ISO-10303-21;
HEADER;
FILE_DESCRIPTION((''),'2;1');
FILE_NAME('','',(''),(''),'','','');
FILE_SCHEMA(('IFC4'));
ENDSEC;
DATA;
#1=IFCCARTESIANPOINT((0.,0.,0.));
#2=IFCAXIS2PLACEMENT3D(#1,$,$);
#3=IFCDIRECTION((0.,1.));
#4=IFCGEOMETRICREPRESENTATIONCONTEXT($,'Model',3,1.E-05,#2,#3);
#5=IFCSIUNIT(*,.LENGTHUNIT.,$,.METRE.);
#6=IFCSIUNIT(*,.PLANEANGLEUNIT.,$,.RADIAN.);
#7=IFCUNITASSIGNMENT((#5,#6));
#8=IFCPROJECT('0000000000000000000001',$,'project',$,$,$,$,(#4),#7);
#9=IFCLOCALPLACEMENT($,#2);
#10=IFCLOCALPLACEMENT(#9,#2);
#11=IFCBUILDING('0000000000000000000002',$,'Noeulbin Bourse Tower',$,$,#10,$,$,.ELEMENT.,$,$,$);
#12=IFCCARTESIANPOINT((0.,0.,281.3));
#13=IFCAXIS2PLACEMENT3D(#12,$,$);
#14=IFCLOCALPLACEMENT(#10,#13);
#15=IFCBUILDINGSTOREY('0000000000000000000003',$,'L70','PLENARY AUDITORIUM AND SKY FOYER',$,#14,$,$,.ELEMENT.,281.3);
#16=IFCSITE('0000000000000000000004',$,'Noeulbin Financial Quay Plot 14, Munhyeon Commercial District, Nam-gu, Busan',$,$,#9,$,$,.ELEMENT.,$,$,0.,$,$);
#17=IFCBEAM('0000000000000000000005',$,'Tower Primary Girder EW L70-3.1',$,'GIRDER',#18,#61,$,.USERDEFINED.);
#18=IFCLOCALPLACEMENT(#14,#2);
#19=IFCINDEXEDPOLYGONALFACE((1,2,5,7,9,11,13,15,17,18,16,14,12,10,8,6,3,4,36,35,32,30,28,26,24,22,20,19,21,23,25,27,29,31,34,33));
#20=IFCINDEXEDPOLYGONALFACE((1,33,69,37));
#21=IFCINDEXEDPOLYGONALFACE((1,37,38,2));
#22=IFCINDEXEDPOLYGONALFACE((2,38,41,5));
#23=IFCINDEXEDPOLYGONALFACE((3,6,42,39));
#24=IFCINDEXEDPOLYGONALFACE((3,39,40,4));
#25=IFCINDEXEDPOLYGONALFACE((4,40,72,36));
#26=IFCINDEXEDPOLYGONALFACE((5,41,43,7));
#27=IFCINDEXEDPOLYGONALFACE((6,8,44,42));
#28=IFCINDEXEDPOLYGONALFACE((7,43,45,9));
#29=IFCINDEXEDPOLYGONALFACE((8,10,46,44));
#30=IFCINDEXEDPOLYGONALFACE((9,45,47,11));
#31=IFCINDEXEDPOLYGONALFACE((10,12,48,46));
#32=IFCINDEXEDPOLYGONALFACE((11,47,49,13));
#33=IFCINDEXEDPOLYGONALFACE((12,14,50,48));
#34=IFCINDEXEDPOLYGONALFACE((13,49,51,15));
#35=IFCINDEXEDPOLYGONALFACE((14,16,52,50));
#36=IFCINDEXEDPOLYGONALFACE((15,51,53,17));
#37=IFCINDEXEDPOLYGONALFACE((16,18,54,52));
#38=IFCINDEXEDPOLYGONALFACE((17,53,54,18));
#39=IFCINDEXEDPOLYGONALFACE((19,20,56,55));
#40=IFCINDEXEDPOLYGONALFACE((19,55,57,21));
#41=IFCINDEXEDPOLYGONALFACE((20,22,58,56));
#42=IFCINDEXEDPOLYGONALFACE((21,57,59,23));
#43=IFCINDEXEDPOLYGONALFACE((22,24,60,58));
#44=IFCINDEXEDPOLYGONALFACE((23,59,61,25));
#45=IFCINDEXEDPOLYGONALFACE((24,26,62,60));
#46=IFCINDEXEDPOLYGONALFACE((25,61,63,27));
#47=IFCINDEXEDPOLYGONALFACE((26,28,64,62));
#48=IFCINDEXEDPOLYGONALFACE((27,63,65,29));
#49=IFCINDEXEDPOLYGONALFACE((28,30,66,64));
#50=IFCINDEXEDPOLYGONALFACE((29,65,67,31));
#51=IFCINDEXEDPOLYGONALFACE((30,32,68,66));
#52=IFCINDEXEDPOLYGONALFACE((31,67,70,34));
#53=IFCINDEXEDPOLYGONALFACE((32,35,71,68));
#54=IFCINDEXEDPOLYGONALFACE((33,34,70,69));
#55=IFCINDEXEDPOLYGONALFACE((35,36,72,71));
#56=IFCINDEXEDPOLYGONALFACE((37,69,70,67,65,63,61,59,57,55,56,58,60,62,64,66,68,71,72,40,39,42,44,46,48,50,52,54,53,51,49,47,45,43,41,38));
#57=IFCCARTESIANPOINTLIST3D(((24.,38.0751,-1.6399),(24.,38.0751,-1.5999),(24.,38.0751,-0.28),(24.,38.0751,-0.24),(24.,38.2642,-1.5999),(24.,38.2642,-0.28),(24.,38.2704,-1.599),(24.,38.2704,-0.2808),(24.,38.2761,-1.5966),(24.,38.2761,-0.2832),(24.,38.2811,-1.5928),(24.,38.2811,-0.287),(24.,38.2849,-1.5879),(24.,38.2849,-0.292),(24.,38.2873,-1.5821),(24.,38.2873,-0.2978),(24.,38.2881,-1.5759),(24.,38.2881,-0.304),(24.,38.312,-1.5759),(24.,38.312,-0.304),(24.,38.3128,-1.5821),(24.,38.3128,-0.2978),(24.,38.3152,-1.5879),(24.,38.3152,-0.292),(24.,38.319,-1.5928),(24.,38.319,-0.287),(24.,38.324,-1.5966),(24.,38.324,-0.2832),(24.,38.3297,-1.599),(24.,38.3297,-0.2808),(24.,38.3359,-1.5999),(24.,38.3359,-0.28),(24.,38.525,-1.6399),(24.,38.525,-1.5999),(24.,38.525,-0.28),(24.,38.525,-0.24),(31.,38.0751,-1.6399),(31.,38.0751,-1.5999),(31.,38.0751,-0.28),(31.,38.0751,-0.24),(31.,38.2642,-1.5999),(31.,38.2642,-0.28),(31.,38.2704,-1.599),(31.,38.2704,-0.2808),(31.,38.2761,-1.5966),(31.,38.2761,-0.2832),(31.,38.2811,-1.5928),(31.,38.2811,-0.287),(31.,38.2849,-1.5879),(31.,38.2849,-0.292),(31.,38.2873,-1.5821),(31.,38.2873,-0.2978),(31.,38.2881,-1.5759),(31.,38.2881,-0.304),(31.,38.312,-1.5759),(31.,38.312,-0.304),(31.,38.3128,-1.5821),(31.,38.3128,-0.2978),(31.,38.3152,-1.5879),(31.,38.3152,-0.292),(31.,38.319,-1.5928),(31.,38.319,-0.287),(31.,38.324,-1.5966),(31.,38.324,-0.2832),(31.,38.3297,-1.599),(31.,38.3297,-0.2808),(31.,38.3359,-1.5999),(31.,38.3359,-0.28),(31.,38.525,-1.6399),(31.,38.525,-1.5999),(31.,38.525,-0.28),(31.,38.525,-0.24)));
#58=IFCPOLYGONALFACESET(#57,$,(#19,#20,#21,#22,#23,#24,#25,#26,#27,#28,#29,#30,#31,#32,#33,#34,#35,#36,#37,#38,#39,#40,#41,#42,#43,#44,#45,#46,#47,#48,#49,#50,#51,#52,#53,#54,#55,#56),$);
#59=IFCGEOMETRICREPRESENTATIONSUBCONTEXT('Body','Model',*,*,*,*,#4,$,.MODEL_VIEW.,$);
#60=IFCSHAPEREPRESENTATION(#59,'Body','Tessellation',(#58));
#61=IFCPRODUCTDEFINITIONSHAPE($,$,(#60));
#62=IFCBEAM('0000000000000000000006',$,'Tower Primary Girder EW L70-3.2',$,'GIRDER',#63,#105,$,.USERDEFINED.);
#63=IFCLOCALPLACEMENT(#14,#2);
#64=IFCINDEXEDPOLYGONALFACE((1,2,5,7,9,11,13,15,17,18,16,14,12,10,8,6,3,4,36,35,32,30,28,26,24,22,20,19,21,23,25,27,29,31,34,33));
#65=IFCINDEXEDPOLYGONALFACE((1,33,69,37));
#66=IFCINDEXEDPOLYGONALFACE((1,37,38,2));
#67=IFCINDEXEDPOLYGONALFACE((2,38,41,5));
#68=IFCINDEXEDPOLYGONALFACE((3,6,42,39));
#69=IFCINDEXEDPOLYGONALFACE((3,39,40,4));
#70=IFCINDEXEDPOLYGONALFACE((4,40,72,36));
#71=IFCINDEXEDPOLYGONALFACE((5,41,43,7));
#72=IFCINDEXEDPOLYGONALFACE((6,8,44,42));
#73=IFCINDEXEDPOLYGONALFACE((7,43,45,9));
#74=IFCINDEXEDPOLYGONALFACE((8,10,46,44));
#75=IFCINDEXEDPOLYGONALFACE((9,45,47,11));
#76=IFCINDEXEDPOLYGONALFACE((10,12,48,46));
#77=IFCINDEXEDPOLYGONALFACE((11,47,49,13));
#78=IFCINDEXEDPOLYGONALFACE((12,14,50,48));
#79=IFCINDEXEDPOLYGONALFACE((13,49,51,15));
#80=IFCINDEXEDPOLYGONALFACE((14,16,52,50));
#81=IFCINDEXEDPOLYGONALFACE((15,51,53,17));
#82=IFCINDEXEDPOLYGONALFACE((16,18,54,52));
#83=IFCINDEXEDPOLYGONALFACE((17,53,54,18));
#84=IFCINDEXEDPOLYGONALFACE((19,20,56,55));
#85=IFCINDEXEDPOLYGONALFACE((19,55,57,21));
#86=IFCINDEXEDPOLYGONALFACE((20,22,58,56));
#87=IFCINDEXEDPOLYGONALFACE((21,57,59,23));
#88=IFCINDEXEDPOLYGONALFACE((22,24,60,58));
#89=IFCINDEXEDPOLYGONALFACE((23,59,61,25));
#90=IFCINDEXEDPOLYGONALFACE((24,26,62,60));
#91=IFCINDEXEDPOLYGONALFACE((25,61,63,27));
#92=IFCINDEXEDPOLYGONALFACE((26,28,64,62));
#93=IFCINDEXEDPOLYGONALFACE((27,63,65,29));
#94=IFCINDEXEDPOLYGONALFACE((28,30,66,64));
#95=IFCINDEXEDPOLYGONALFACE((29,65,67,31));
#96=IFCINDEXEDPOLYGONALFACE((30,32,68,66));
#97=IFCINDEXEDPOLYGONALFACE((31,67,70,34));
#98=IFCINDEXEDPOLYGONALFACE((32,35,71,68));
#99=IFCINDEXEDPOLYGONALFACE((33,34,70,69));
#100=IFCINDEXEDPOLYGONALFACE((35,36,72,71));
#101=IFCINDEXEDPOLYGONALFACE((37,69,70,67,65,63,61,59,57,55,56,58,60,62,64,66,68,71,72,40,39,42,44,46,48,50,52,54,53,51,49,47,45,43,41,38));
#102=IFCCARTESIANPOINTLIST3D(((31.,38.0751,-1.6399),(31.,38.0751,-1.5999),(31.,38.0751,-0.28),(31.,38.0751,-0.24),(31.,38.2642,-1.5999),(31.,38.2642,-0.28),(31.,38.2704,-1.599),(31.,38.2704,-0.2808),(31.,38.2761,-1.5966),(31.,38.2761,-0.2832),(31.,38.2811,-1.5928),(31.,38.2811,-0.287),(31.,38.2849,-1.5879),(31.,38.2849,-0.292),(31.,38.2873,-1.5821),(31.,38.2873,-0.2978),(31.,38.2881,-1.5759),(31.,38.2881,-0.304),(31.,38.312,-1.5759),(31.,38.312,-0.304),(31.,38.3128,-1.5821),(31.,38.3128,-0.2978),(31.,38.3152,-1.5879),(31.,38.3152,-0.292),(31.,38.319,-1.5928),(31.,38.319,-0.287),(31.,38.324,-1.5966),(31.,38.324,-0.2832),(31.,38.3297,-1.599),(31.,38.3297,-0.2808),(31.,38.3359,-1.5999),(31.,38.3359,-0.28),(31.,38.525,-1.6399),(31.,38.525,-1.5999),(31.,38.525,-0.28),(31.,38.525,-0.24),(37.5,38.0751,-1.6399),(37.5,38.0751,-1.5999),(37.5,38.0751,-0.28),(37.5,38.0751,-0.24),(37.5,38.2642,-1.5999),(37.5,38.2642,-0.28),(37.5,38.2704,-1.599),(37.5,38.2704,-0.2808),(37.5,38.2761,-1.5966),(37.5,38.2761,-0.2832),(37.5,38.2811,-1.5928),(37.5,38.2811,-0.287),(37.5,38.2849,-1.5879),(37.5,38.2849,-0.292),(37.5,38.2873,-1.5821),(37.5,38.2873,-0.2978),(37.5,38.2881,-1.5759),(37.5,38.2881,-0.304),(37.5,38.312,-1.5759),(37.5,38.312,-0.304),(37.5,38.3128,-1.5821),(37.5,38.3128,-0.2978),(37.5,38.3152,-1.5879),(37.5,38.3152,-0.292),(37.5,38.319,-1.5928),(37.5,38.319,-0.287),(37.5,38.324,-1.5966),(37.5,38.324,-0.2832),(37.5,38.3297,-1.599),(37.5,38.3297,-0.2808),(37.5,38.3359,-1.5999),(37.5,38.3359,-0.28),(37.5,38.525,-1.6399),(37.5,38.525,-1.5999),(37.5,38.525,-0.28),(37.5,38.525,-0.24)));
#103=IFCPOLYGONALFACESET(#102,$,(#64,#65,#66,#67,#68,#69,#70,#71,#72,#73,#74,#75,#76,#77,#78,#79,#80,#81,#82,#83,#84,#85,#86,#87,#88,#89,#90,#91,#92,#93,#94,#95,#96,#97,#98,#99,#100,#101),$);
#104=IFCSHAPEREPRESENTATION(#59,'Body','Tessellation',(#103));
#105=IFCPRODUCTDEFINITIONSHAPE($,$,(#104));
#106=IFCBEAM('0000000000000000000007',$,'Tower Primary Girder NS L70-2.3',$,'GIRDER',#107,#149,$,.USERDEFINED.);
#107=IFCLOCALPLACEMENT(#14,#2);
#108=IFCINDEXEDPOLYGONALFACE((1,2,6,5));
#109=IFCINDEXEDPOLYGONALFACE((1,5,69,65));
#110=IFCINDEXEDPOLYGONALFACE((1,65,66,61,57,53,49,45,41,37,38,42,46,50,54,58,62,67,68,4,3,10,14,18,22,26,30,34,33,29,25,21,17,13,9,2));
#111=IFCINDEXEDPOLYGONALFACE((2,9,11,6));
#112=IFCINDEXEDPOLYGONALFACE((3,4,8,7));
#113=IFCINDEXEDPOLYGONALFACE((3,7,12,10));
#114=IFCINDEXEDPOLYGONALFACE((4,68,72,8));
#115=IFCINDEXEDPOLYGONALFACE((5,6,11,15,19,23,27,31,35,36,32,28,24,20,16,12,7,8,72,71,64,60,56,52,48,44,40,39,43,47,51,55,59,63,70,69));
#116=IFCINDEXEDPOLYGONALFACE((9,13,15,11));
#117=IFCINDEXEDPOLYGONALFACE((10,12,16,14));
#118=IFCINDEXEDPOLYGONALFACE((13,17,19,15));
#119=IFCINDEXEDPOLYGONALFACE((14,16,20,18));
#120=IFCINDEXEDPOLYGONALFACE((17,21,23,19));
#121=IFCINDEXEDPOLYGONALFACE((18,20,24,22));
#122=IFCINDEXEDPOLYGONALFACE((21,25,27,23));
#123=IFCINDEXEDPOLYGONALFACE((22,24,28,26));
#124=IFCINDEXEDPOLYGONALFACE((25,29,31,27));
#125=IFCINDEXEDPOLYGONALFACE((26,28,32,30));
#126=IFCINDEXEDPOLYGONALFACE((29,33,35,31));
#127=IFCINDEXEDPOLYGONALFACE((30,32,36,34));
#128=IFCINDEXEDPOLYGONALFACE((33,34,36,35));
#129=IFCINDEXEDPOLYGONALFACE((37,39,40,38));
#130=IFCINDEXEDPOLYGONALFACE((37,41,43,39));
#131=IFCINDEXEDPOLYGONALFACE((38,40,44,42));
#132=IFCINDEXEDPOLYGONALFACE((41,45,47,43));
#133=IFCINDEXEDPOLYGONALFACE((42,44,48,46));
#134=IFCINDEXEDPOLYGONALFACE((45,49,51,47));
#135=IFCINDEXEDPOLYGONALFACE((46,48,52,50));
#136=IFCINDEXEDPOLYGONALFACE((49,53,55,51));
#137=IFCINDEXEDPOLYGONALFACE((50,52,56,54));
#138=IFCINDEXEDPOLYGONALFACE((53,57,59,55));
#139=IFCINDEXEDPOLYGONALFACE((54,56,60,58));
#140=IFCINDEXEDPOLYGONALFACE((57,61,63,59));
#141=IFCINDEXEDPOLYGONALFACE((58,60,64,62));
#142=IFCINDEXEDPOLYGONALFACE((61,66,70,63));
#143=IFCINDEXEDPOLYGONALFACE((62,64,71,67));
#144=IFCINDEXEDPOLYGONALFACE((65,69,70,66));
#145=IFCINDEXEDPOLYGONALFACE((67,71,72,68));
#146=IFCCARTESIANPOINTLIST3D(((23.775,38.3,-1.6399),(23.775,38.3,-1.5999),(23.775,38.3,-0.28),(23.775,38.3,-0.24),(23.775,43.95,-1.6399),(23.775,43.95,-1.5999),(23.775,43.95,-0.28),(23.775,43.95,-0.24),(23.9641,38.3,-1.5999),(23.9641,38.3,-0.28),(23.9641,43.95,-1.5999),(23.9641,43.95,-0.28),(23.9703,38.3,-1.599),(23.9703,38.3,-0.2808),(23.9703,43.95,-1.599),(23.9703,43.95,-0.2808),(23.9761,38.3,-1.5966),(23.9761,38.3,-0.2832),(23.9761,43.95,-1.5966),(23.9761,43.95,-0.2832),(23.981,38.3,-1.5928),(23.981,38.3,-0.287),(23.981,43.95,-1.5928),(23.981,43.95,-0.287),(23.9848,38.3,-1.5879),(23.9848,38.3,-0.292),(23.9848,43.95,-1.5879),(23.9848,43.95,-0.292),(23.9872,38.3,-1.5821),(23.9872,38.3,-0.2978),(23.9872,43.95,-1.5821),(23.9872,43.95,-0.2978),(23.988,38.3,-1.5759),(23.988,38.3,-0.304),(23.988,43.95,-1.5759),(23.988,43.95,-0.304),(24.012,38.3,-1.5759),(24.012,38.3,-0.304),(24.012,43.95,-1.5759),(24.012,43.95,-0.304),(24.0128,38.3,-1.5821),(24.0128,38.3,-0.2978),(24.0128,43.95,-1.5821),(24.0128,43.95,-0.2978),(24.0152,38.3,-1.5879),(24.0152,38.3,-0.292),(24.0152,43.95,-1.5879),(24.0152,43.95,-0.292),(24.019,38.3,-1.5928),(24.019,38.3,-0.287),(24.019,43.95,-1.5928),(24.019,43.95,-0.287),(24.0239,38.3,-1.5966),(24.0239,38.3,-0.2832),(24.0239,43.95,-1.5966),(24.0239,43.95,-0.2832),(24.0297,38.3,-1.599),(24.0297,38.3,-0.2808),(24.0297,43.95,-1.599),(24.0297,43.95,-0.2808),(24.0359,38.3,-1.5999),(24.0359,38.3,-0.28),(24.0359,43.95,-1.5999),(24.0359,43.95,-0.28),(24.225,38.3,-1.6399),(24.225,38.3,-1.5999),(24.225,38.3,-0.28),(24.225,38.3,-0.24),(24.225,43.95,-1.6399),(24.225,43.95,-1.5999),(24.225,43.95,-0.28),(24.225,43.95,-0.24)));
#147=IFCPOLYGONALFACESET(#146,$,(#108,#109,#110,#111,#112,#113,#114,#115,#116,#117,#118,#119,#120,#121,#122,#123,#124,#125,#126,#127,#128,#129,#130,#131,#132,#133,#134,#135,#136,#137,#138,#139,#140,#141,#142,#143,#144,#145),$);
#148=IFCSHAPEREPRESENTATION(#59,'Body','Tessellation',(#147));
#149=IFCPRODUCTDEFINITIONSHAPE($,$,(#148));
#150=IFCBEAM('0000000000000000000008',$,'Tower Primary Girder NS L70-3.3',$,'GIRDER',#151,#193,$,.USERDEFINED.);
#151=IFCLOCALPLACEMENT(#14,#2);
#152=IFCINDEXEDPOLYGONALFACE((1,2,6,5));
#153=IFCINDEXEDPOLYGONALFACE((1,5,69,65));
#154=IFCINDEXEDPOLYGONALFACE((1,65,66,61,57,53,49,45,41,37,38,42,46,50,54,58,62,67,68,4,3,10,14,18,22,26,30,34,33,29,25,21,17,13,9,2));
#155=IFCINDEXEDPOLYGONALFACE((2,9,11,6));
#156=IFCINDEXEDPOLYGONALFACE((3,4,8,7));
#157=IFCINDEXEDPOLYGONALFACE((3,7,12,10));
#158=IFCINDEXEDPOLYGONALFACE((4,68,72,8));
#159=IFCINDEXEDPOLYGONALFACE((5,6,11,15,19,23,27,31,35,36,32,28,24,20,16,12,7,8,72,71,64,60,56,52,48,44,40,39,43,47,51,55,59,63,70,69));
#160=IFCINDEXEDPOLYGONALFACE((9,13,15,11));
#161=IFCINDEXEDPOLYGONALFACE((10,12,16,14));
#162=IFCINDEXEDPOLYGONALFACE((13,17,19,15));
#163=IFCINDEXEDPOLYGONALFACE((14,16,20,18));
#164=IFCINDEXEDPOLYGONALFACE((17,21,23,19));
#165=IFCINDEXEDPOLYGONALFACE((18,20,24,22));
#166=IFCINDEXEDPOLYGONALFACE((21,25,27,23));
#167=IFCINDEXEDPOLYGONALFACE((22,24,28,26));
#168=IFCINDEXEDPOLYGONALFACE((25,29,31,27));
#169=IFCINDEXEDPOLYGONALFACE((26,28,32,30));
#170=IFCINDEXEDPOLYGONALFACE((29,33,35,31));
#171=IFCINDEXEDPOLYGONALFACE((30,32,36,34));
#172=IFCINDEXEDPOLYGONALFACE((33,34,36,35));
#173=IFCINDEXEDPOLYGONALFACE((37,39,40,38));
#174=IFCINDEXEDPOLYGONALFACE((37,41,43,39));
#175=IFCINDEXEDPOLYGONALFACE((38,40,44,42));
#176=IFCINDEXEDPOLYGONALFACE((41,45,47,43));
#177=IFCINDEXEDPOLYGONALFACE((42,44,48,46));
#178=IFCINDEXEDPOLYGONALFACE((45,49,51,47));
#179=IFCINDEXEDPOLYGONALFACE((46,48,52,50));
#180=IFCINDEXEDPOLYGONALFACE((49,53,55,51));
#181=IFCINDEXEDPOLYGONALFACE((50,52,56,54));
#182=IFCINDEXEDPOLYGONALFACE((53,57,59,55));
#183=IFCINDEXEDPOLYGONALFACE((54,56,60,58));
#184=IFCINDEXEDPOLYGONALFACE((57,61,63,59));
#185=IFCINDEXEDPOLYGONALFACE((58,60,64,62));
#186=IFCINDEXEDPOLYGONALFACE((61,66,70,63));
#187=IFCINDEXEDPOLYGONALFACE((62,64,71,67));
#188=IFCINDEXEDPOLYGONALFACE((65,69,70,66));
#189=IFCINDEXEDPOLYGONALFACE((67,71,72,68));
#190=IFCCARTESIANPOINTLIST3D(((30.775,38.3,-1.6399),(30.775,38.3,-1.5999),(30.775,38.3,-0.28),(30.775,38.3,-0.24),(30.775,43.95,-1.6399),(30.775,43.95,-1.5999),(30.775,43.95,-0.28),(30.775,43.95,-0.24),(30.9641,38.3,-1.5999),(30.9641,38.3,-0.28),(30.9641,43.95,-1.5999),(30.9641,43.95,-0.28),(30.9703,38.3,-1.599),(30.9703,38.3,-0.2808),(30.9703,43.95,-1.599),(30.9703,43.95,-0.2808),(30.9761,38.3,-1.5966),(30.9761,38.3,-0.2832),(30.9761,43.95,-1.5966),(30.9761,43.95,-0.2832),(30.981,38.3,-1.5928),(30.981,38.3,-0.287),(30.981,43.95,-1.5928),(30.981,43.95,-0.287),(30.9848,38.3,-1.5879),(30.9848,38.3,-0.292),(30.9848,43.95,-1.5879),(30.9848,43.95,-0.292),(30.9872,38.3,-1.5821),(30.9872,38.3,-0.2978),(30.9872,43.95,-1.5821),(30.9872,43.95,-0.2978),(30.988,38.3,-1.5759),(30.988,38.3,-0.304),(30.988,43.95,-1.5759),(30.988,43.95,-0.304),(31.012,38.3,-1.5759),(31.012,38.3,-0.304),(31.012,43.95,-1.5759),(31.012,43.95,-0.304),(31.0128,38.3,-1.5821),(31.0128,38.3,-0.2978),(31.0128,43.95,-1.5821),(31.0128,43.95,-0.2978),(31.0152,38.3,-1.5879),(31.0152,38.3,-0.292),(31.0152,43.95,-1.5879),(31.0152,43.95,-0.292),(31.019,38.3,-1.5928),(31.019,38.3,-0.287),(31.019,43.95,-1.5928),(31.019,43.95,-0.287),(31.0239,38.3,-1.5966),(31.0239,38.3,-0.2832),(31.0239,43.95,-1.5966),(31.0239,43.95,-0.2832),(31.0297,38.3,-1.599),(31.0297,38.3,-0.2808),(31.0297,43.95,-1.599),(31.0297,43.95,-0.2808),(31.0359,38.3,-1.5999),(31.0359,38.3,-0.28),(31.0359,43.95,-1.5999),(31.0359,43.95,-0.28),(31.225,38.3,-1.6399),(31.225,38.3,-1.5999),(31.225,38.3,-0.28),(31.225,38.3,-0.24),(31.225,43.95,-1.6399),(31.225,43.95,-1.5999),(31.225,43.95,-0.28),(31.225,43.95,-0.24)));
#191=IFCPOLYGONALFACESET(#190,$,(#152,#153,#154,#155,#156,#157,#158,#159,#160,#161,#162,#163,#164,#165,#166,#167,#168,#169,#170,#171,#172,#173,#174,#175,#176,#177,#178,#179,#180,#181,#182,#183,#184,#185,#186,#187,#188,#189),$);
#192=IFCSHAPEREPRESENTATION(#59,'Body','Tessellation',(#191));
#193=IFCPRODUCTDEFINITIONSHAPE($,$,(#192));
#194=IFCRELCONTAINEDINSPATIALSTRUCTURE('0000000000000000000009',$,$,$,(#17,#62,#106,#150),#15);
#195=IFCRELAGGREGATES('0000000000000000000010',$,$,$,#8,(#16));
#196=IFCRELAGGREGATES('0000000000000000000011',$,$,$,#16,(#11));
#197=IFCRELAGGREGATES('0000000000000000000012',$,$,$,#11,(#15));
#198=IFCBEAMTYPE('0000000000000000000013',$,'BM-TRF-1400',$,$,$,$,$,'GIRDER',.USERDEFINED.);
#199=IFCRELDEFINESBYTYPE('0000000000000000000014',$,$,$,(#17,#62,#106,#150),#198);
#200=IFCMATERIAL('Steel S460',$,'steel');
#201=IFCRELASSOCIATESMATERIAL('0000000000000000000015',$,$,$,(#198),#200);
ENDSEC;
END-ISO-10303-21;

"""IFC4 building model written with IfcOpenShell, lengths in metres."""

from ifc_helpers import new_model, si_unit, direction, frame, origin, origin_2d, place, context, subcontext, project, spatial, i_section, extrude, material, material_profile, profile_set, type_object, element, save


model = new_model("IFC4")

# Units and contexts
model_context = context("Model", 3, precision=1e-05, world=origin(), true_north=direction((0.0, 1.0)))
body_context = subcontext(model_context, "Body", "Model", "MODEL_VIEW")
ifc_project = project(units=[si_unit("LENGTHUNIT", "METRE"), si_unit("PLANEANGLEUNIT", "RADIAN")], contexts=[model_context])

# Site, building, storey
site_placement = place(None, origin())
site = spatial("IfcSite", under=ifc_project, at=site_placement, Name="Noeulbin Financial Quay Plot 14, Munhyeon Commercial District, Nam-gu, Busan", CompositionType="ELEMENT", RefElevation=0.0)
building_placement = place(site_placement, origin())
building = spatial("IfcBuilding", under=site, at=building_placement, Name="Noeulbin Bourse Tower", CompositionType="ELEMENT")
storey_placement = place(building_placement, frame((0.0, 0.0, 281.3)))
storey = spatial("IfcBuildingStorey", under=building, at=storey_placement, Name="L70", Description="PLENARY AUDITORIUM AND SKY FOYER", CompositionType="ELEMENT", Elevation=281.3)

# Beams
ifc_material_1 = material(Name="Steel S460", Category="steel")
ifc_material_profile_1 = material_profile(ifc_material_1, i_section(OverallWidth=0.45, OverallDepth=1.3999, WebThickness=0.0239, FlangeThickness=0.04, FilletRadius=0.0239, at=origin_2d()), Name="PG-1400x450x24x40", Category="LoadBearing")
ifc_profile_set_1 = profile_set([ifc_material_profile_1], Name="Steel S460")
beam_type_1 = type_object("IfcBeamType", Name="BM-TRF-1400", ElementType="GIRDER", PredefinedType="USERDEFINED", material=ifc_profile_set_1)
beam_1_placement = place(storey_placement, frame((24.0, 38.3, -0.9399), z_axis=(1.0, 0.0, 0.0), x_axis=(0.0, 1.0, 0.0)))
element("IfcBeam", 1, at=beam_1_placement, inside=storey, type_object=beam_type_1, Name="Tower Primary Girder EW L70-3.1", ObjectType="GIRDER", PredefinedType="USERDEFINED", context=body_context, shape_type="SweptSolid", body=[
    extrude(i_section(OverallWidth=0.45, OverallDepth=1.3999, WebThickness=0.0239, FlangeThickness=0.04, FilletRadius=0.0239, at=origin_2d()), origin(), (0.0, 0.0, 1.0), 7.0),
])
beam_2_placement = place(storey_placement, frame((31.0, 38.3, -0.9399), z_axis=(1.0, 0.0, 0.0), x_axis=(0.0, 1.0, 0.0)))
element("IfcBeam", 2, at=beam_2_placement, inside=storey, type_object=beam_type_1, Name="Tower Primary Girder EW L70-3.2", ObjectType="GIRDER", PredefinedType="USERDEFINED", context=body_context, shape_type="SweptSolid", body=[
    extrude(i_section(OverallWidth=0.45, OverallDepth=1.3999, WebThickness=0.0239, FlangeThickness=0.04, FilletRadius=0.0239, at=origin_2d()), origin(), (0.0, 0.0, 1.0), 6.5),
])
for number, where, z_axis, x_axis, name in (
    (3, (24.0, 38.3, -0.9399), (0.0, 1.0, 0.0), (-1.0, 0.0, 0.0), "Tower Primary Girder NS L70-2.3"),
    (4, (31.0, 38.3, -0.9399), (0.0, 1.0, 0.0), (-1.0, 0.0, 0.0), "Tower Primary Girder NS L70-3.3"),
):
    element("IfcBeam", number, at=place(storey_placement, frame(where, z_axis=z_axis, x_axis=x_axis)), inside=storey, type_object=beam_type_1, Name=name, ObjectType="GIRDER", PredefinedType="USERDEFINED", context=body_context, shape_type="SweptSolid", body=[
        extrude(i_section(OverallWidth=0.45, OverallDepth=1.3999, WebThickness=0.0239, FlangeThickness=0.04, FilletRadius=0.0239, at=origin_2d()), origin(), (0.0, 0.0, 1.0), 5.6499),
    ])

save(model, "model.ifc")
